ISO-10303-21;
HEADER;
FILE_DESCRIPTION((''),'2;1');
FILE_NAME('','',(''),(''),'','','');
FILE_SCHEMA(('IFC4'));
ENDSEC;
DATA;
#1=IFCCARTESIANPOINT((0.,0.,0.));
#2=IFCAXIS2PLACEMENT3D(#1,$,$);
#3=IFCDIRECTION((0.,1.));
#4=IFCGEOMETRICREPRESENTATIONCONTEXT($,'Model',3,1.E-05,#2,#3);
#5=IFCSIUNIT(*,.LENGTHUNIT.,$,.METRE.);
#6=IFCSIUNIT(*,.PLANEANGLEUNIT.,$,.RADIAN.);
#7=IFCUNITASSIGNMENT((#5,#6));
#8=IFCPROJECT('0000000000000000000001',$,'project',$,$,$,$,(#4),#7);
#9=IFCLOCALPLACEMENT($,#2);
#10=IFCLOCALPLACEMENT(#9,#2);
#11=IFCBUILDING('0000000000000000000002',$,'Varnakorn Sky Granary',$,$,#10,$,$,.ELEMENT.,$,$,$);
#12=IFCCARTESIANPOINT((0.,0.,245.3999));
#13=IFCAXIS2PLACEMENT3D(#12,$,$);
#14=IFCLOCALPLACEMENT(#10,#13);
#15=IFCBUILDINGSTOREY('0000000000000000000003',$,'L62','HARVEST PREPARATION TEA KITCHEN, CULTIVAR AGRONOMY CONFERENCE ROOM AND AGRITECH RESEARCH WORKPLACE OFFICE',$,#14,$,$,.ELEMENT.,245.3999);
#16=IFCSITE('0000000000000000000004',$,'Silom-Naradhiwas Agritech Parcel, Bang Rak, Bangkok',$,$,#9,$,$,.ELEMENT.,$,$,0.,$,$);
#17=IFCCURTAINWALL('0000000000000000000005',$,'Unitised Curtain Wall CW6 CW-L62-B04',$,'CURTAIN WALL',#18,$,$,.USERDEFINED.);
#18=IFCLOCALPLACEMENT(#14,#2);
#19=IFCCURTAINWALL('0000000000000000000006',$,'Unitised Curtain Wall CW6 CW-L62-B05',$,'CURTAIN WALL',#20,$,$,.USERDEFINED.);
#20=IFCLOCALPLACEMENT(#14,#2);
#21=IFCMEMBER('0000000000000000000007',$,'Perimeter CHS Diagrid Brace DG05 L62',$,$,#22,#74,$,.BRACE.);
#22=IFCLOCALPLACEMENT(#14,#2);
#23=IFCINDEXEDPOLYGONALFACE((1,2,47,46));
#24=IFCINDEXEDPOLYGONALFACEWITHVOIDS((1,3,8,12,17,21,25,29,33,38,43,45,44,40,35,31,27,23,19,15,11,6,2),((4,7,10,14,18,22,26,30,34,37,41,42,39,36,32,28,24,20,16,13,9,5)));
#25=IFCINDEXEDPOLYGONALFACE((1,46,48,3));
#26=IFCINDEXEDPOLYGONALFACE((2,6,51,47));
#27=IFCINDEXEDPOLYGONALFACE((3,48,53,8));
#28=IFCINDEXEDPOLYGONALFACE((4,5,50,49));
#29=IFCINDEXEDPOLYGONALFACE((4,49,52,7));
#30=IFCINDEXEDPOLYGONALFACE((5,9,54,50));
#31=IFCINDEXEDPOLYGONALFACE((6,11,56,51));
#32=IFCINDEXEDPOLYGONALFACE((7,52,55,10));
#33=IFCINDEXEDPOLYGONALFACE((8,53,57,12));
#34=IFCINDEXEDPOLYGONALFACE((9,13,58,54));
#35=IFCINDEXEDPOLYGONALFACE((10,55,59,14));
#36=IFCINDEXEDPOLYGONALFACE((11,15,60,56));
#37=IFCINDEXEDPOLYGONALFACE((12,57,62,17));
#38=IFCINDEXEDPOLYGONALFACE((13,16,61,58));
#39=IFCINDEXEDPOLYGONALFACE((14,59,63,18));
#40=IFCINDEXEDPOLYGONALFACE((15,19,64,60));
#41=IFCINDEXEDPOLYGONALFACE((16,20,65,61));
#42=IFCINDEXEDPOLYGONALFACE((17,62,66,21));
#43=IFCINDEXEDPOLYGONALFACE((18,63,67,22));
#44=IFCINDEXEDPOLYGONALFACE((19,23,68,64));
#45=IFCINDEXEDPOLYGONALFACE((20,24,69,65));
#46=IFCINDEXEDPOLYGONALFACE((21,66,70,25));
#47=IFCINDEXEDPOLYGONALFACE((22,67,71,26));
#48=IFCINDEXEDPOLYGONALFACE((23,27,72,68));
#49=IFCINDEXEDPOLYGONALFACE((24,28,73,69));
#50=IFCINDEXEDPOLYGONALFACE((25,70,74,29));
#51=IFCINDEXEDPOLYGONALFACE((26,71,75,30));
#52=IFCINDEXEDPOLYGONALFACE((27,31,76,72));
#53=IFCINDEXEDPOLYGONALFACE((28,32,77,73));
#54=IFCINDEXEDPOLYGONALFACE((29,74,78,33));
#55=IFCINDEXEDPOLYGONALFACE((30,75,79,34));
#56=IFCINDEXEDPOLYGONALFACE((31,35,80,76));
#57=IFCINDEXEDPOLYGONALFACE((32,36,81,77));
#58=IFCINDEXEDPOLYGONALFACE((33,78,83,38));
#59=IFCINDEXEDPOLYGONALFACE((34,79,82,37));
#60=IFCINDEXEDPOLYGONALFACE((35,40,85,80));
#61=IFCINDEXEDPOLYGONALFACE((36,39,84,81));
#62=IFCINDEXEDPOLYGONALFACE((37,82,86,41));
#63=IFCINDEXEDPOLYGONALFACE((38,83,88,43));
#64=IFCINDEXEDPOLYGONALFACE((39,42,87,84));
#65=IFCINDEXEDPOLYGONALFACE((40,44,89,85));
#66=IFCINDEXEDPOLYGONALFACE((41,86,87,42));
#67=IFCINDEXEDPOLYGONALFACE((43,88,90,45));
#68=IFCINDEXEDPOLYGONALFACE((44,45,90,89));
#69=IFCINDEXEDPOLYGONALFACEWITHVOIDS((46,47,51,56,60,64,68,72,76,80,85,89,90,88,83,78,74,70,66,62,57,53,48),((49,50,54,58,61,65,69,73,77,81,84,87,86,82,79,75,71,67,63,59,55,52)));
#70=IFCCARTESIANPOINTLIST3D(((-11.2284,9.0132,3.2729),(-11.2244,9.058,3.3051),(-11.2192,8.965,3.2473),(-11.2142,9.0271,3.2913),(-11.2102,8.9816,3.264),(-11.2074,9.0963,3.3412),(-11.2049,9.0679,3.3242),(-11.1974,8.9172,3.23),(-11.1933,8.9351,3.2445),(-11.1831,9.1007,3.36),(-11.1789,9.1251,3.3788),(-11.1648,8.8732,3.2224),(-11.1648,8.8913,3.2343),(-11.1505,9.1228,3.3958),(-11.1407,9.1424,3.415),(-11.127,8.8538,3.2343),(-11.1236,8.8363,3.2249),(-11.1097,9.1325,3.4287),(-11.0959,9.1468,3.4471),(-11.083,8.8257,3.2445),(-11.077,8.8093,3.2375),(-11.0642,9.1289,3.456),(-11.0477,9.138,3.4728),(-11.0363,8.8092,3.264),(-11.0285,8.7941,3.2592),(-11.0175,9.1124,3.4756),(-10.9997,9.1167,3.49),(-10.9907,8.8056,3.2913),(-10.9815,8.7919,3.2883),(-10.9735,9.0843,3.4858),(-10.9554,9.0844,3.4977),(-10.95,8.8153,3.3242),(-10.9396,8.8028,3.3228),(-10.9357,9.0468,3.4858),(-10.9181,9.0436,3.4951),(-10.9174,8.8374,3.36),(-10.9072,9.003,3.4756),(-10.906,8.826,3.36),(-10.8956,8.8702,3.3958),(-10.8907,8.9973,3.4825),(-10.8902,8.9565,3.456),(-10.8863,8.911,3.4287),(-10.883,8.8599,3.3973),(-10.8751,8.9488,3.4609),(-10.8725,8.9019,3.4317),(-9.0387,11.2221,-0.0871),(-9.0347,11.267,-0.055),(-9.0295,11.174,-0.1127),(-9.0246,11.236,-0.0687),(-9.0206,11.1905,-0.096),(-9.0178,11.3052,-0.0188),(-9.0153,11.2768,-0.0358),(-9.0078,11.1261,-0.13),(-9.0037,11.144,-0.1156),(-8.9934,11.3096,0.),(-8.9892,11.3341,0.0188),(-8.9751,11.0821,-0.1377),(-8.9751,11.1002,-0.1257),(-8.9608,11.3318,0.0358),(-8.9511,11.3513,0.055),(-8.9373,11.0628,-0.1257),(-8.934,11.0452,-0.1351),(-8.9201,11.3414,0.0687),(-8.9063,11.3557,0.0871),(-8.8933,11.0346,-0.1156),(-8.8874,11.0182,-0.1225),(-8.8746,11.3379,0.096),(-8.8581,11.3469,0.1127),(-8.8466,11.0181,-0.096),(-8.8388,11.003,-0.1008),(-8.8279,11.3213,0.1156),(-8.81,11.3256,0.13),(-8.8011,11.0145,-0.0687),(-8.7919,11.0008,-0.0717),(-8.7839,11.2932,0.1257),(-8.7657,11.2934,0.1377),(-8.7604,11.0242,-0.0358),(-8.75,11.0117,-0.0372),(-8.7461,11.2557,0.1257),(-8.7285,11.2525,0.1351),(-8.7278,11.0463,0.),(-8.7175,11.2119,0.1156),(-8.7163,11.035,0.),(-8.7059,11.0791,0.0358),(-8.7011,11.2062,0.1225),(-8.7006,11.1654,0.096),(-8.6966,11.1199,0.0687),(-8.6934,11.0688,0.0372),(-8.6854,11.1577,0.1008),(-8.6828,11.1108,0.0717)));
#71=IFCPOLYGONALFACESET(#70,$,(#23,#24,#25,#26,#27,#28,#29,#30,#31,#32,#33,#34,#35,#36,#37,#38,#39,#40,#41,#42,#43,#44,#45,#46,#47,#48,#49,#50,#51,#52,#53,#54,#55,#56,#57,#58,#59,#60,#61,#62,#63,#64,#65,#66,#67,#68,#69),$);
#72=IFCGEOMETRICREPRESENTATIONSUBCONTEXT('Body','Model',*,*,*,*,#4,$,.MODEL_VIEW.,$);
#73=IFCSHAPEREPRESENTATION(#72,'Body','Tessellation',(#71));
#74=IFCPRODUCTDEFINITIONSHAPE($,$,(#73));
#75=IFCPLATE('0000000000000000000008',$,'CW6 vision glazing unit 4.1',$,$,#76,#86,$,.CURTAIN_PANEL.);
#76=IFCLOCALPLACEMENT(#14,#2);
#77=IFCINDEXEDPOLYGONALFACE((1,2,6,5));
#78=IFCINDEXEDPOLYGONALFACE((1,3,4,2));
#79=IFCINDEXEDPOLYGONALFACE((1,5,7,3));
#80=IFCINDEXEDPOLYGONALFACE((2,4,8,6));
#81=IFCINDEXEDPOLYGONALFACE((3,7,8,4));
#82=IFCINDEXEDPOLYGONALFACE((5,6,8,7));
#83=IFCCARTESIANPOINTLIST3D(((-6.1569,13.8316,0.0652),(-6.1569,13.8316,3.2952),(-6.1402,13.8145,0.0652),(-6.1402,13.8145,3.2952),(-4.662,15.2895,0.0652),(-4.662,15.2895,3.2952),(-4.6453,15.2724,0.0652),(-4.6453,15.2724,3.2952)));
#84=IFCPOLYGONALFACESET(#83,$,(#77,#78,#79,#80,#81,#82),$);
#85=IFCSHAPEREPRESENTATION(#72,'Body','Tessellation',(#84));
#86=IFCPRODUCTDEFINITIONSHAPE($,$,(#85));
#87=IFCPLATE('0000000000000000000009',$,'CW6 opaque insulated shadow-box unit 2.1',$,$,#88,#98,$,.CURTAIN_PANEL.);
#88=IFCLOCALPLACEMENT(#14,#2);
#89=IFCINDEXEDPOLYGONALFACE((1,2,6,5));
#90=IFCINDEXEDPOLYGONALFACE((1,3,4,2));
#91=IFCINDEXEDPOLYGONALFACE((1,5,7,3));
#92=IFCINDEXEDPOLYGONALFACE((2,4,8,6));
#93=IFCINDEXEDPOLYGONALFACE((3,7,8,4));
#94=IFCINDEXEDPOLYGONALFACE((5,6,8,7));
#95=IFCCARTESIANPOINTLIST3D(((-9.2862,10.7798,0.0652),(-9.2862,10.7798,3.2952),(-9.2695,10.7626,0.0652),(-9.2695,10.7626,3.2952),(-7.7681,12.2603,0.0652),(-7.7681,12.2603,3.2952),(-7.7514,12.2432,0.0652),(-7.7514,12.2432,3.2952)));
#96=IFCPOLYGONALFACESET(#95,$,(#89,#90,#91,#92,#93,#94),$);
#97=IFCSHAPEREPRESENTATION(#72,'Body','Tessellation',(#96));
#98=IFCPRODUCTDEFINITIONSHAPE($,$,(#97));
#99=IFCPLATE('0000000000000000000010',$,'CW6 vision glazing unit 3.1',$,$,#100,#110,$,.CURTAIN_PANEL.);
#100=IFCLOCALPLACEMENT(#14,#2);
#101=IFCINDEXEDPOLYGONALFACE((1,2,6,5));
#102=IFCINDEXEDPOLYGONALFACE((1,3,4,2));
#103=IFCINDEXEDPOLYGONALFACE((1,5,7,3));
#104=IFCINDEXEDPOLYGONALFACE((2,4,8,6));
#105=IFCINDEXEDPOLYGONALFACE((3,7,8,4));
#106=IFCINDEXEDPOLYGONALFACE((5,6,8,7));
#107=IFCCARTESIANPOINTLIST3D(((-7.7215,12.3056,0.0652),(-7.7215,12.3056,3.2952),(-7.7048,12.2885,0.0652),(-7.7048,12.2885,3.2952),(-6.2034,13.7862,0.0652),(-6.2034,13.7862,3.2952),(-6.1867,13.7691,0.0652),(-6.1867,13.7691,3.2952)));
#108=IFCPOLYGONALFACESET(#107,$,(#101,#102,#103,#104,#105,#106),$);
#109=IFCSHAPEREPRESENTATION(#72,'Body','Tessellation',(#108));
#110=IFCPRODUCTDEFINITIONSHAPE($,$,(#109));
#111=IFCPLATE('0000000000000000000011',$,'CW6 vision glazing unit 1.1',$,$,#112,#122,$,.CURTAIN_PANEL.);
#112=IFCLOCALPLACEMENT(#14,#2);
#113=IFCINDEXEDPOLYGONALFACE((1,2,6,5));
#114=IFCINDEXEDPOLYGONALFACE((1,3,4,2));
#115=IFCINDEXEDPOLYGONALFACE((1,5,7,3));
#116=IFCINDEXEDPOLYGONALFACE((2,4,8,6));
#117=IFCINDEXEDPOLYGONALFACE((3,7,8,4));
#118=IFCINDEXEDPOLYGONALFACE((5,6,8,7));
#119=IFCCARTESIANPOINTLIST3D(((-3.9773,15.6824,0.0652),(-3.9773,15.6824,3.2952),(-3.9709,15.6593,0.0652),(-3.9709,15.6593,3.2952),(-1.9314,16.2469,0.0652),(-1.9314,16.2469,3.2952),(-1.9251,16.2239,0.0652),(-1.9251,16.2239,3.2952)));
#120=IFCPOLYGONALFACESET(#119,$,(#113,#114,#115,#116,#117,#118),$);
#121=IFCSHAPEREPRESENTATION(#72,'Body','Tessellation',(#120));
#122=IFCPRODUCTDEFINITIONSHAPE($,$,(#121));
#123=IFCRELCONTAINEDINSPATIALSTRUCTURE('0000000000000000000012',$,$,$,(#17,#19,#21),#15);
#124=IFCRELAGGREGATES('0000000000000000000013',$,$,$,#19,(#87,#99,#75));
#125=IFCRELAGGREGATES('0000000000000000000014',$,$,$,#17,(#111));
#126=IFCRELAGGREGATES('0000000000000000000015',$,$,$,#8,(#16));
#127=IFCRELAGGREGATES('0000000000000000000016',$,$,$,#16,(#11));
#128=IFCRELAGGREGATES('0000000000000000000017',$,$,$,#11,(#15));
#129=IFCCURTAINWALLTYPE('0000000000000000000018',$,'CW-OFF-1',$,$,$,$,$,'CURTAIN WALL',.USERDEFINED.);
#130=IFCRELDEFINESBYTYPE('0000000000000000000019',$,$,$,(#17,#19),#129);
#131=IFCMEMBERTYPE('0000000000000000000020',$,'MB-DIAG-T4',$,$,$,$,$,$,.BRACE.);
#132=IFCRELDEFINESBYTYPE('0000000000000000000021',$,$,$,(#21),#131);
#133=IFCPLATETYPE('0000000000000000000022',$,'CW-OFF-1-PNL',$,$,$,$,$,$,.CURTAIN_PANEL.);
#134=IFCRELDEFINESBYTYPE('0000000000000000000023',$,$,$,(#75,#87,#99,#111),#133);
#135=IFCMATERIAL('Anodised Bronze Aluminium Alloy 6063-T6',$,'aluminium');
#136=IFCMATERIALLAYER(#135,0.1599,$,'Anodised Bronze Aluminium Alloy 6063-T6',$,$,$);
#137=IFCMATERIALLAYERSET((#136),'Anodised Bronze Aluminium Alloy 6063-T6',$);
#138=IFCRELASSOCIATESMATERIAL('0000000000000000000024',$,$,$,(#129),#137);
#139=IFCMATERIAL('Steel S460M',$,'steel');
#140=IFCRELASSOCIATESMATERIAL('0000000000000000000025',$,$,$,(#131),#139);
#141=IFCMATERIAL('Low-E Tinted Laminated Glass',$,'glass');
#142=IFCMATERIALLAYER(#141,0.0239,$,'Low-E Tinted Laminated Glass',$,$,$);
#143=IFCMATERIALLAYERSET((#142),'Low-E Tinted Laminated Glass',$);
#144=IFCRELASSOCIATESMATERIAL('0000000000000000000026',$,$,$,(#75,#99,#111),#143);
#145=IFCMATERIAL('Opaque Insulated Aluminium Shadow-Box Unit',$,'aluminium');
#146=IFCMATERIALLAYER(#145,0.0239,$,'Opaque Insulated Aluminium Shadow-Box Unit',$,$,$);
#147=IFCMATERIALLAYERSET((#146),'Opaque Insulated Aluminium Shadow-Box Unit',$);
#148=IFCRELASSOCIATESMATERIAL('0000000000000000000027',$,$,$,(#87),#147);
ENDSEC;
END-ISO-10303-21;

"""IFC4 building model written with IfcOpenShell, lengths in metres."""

from ifc_helpers import new_model, si_unit, direction, frame, origin, origin_2d, place, context, subcontext, project, spatial, rectangle, hollow_circle, extrude, source, transform, mapped, material, layer, layer_set, material_profile, profile_set, type_object, type_shapes, element, aggregate, save


model = new_model("IFC4")

# Units and contexts
model_context = context("Model", 3, precision=1e-05, world=origin(), true_north=direction((0.0, 1.0)))
body_context = subcontext(model_context, "Body", "Model", "MODEL_VIEW")
ifc_project = project(units=[si_unit("LENGTHUNIT", "METRE"), si_unit("PLANEANGLEUNIT", "RADIAN")], contexts=[model_context])

# Site, building, storey
site_placement = place(None, origin())
site = spatial("IfcSite", under=ifc_project, at=site_placement, Name="Silom-Naradhiwas Agritech Parcel, Bang Rak, Bangkok", CompositionType="ELEMENT", RefElevation=0.0)
building_placement = place(site_placement, origin())
building = spatial("IfcBuilding", under=site, at=building_placement, Name="Varnakorn Sky Granary", CompositionType="ELEMENT")
storey_placement = place(building_placement, frame((0.0, 0.0, 245.3999)))
storey = spatial("IfcBuildingStorey", under=building, at=storey_placement, Name="L62", Description="HARVEST PREPARATION TEA KITCHEN, CULTIVAR AGRONOMY CONFERENCE ROOM AND AGRITECH RESEARCH WORKPLACE OFFICE", CompositionType="ELEMENT", Elevation=245.3999)

# Shared definitions
ifc_material_1 = material(Name="Steel S460M", Category="steel")

# Curtain wall
ifc_material_2 = material(Name="Anodised Bronze Aluminium Alloy 6063-T6", Category="aluminium")
ifc_layer_1 = layer(ifc_material_2, 0.1599, Name="Anodised Bronze Aluminium Alloy 6063-T6")
ifc_layer_set_1 = layer_set([ifc_layer_1], Name="Anodised Bronze Aluminium Alloy 6063-T6")
curtain_wall_type = type_object("IfcCurtainWallType", Name="CW-OFF-1", ElementType="CURTAIN WALL", PredefinedType="USERDEFINED", material=ifc_layer_set_1)
curtain_wall_1_placement = place(storey_placement, origin())
curtain_wall_1 = element("IfcCurtainWall", 1, at=curtain_wall_1_placement, inside=storey, type_object=curtain_wall_type, Name="Unitised Curtain Wall CW6 CW-L62-B04", ObjectType="CURTAIN WALL", PredefinedType="USERDEFINED")

# Curtain wall
curtain_wall_2_placement = place(storey_placement, origin())
curtain_wall_2 = element("IfcCurtainWall", 2, at=curtain_wall_2_placement, inside=storey, type_object=curtain_wall_type, Name="Unitised Curtain Wall CW6 CW-L62-B05", ObjectType="CURTAIN WALL", PredefinedType="USERDEFINED")

# Member
ifc_material_profile_1 = material_profile(ifc_material_1, hollow_circle(Radius=0.2031, WallThickness=0.0161, at=origin_2d()), Name="CHS 406.4x16")
ifc_profile_set_1 = profile_set([ifc_material_profile_1], Name="Steel S460M")
member_type_1 = type_object("IfcMemberType", Name="MB-DIAG-T4", PredefinedType="BRACE", material=ifc_profile_set_1)
member_1_placement = place(storey_placement, frame((-8.8606, 11.178, 0.0), z_axis=(-0.478233, -0.482445, 0.733852), x_axis=(0.7102, -0.704, 0.0)))
element("IfcMember", 3, at=member_1_placement, inside=storey, type_object=member_type_1, Name="Perimeter CHS Diagrid Brace DG05 L62", PredefinedType="BRACE", context=body_context, shape_type="SweptSolid", body=[
    extrude(hollow_circle(Radius=0.2031, WallThickness=0.0161, at=origin_2d()), origin(), (0.0, 0.0, 1.0), 4.5786),
])

# Plates
ifc_material_3 = material(Name="Low-E Tinted Laminated Glass", Category="glass")
ifc_layer_2 = layer(ifc_material_3, 0.0239, Name="Low-E Tinted Laminated Glass")
ifc_layer_set_2 = layer_set([ifc_layer_2], Name="Low-E Tinted Laminated Glass")
plate_type = type_object("IfcPlateType", Name="CW-OFF-1-PNL", PredefinedType="CURTAIN_PANEL")
shared_shape_1 = source(origin(), body_context, "Body", "SweptSolid", [
    extrude(rectangle(XDim=2.0881, YDim=0.0239, at=origin_2d()), origin(), (0.0, 0.0, 1.0), 3.23),
])
plate_1_placement = place(storey_placement, frame((-5.4011, 14.552, 0.0652), z_axis=(0.0, 0.0, 1.0), x_axis=(0.715922, 0.698181, 0.0)))
plate_1 = element("IfcPlate", 4, at=plate_1_placement, type_object=plate_type, material=ifc_layer_set_2, Name="CW6 vision glazing unit 4.1", PredefinedType="CURTAIN_PANEL", context=body_context, shape_type="MappedRepresentation", body=[
    mapped(shared_shape_1, transform((0.0, 0.0, 0.0), x_axis=(1.0, 0.0, 0.0), y_axis=(0.0, 1.0, 0.0), z_axis=(0.0, 0.0, 1.0), scale=1.0)),
])
ifc_material_4 = material(Name="Opaque Insulated Aluminium Shadow-Box Unit", Category="aluminium")
ifc_layer_3 = layer(ifc_material_4, 0.0239, Name="Opaque Insulated Aluminium Shadow-Box Unit")
ifc_layer_set_3 = layer_set([ifc_layer_3], Name="Opaque Insulated Aluminium Shadow-Box Unit")
shared_shape_2 = source(origin(), body_context, "Body", "SweptSolid", [
    extrude(rectangle(XDim=2.1206, YDim=0.0239, at=origin_2d()), origin(), (0.0, 0.0, 1.0), 3.23),
])
plate_2_placement = place(storey_placement, frame((-8.5188, 11.5115, 0.0652), z_axis=(0.0, 0.0, 1.0), x_axis=(0.715922, 0.698181, 0.0)))
plate_2 = element("IfcPlate", 5, at=plate_2_placement, type_object=plate_type, material=ifc_layer_set_3, Name="CW6 opaque insulated shadow-box unit 2.1", PredefinedType="CURTAIN_PANEL", context=body_context, shape_type="MappedRepresentation", body=[
    mapped(shared_shape_2, transform((0.0, 0.0, 0.0), x_axis=(1.0, 0.0, 0.0), y_axis=(0.0, 1.0, 0.0), z_axis=(0.0, 0.0, 1.0), scale=1.0)),
])
plate_3_placement = place(storey_placement, frame((-6.9541, 13.0374, 0.0652), z_axis=(0.0, 0.0, 1.0), x_axis=(0.715922, 0.698181, 0.0)))
plate_3 = element("IfcPlate", 6, at=plate_3_placement, type_object=plate_type, material=ifc_layer_set_2, Name="CW6 vision glazing unit 3.1", PredefinedType="CURTAIN_PANEL", context=body_context, shape_type="MappedRepresentation", body=[
    mapped(shared_shape_2, transform((0.0, 0.0, 0.0), x_axis=(1.0, 0.0, 0.0), y_axis=(0.0, 1.0, 0.0), z_axis=(0.0, 0.0, 1.0), scale=1.0)),
])
aggregate(curtain_wall_2, [plate_2, plate_3, plate_1])
shared_shape_3 = source(origin(), body_context, "Body", "SweptSolid", [
    extrude(rectangle(XDim=2.1223, YDim=0.0239, at=origin_2d()), origin(), (0.0, 0.0, 1.0), 3.23),
])
type_shapes(plate_type, [shared_shape_1, shared_shape_2, shared_shape_3])
plate_4_placement = place(storey_placement, frame((-2.9512, 15.9531, 0.0652), z_axis=(0.0, 0.0, 1.0), x_axis=(0.963967, 0.266022, 0.0)))
plate_4 = element("IfcPlate", 7, at=plate_4_placement, type_object=plate_type, material=ifc_layer_set_2, Name="CW6 vision glazing unit 1.1", PredefinedType="CURTAIN_PANEL", context=body_context, shape_type="MappedRepresentation", body=[
    mapped(shared_shape_3, transform((0.0, 0.0, 0.0), x_axis=(1.0, 0.0, 0.0), y_axis=(0.0, 1.0, 0.0), z_axis=(0.0, 0.0, 1.0), scale=1.0)),
])
aggregate(curtain_wall_1, [plate_4])

save(model, "model.ifc")
